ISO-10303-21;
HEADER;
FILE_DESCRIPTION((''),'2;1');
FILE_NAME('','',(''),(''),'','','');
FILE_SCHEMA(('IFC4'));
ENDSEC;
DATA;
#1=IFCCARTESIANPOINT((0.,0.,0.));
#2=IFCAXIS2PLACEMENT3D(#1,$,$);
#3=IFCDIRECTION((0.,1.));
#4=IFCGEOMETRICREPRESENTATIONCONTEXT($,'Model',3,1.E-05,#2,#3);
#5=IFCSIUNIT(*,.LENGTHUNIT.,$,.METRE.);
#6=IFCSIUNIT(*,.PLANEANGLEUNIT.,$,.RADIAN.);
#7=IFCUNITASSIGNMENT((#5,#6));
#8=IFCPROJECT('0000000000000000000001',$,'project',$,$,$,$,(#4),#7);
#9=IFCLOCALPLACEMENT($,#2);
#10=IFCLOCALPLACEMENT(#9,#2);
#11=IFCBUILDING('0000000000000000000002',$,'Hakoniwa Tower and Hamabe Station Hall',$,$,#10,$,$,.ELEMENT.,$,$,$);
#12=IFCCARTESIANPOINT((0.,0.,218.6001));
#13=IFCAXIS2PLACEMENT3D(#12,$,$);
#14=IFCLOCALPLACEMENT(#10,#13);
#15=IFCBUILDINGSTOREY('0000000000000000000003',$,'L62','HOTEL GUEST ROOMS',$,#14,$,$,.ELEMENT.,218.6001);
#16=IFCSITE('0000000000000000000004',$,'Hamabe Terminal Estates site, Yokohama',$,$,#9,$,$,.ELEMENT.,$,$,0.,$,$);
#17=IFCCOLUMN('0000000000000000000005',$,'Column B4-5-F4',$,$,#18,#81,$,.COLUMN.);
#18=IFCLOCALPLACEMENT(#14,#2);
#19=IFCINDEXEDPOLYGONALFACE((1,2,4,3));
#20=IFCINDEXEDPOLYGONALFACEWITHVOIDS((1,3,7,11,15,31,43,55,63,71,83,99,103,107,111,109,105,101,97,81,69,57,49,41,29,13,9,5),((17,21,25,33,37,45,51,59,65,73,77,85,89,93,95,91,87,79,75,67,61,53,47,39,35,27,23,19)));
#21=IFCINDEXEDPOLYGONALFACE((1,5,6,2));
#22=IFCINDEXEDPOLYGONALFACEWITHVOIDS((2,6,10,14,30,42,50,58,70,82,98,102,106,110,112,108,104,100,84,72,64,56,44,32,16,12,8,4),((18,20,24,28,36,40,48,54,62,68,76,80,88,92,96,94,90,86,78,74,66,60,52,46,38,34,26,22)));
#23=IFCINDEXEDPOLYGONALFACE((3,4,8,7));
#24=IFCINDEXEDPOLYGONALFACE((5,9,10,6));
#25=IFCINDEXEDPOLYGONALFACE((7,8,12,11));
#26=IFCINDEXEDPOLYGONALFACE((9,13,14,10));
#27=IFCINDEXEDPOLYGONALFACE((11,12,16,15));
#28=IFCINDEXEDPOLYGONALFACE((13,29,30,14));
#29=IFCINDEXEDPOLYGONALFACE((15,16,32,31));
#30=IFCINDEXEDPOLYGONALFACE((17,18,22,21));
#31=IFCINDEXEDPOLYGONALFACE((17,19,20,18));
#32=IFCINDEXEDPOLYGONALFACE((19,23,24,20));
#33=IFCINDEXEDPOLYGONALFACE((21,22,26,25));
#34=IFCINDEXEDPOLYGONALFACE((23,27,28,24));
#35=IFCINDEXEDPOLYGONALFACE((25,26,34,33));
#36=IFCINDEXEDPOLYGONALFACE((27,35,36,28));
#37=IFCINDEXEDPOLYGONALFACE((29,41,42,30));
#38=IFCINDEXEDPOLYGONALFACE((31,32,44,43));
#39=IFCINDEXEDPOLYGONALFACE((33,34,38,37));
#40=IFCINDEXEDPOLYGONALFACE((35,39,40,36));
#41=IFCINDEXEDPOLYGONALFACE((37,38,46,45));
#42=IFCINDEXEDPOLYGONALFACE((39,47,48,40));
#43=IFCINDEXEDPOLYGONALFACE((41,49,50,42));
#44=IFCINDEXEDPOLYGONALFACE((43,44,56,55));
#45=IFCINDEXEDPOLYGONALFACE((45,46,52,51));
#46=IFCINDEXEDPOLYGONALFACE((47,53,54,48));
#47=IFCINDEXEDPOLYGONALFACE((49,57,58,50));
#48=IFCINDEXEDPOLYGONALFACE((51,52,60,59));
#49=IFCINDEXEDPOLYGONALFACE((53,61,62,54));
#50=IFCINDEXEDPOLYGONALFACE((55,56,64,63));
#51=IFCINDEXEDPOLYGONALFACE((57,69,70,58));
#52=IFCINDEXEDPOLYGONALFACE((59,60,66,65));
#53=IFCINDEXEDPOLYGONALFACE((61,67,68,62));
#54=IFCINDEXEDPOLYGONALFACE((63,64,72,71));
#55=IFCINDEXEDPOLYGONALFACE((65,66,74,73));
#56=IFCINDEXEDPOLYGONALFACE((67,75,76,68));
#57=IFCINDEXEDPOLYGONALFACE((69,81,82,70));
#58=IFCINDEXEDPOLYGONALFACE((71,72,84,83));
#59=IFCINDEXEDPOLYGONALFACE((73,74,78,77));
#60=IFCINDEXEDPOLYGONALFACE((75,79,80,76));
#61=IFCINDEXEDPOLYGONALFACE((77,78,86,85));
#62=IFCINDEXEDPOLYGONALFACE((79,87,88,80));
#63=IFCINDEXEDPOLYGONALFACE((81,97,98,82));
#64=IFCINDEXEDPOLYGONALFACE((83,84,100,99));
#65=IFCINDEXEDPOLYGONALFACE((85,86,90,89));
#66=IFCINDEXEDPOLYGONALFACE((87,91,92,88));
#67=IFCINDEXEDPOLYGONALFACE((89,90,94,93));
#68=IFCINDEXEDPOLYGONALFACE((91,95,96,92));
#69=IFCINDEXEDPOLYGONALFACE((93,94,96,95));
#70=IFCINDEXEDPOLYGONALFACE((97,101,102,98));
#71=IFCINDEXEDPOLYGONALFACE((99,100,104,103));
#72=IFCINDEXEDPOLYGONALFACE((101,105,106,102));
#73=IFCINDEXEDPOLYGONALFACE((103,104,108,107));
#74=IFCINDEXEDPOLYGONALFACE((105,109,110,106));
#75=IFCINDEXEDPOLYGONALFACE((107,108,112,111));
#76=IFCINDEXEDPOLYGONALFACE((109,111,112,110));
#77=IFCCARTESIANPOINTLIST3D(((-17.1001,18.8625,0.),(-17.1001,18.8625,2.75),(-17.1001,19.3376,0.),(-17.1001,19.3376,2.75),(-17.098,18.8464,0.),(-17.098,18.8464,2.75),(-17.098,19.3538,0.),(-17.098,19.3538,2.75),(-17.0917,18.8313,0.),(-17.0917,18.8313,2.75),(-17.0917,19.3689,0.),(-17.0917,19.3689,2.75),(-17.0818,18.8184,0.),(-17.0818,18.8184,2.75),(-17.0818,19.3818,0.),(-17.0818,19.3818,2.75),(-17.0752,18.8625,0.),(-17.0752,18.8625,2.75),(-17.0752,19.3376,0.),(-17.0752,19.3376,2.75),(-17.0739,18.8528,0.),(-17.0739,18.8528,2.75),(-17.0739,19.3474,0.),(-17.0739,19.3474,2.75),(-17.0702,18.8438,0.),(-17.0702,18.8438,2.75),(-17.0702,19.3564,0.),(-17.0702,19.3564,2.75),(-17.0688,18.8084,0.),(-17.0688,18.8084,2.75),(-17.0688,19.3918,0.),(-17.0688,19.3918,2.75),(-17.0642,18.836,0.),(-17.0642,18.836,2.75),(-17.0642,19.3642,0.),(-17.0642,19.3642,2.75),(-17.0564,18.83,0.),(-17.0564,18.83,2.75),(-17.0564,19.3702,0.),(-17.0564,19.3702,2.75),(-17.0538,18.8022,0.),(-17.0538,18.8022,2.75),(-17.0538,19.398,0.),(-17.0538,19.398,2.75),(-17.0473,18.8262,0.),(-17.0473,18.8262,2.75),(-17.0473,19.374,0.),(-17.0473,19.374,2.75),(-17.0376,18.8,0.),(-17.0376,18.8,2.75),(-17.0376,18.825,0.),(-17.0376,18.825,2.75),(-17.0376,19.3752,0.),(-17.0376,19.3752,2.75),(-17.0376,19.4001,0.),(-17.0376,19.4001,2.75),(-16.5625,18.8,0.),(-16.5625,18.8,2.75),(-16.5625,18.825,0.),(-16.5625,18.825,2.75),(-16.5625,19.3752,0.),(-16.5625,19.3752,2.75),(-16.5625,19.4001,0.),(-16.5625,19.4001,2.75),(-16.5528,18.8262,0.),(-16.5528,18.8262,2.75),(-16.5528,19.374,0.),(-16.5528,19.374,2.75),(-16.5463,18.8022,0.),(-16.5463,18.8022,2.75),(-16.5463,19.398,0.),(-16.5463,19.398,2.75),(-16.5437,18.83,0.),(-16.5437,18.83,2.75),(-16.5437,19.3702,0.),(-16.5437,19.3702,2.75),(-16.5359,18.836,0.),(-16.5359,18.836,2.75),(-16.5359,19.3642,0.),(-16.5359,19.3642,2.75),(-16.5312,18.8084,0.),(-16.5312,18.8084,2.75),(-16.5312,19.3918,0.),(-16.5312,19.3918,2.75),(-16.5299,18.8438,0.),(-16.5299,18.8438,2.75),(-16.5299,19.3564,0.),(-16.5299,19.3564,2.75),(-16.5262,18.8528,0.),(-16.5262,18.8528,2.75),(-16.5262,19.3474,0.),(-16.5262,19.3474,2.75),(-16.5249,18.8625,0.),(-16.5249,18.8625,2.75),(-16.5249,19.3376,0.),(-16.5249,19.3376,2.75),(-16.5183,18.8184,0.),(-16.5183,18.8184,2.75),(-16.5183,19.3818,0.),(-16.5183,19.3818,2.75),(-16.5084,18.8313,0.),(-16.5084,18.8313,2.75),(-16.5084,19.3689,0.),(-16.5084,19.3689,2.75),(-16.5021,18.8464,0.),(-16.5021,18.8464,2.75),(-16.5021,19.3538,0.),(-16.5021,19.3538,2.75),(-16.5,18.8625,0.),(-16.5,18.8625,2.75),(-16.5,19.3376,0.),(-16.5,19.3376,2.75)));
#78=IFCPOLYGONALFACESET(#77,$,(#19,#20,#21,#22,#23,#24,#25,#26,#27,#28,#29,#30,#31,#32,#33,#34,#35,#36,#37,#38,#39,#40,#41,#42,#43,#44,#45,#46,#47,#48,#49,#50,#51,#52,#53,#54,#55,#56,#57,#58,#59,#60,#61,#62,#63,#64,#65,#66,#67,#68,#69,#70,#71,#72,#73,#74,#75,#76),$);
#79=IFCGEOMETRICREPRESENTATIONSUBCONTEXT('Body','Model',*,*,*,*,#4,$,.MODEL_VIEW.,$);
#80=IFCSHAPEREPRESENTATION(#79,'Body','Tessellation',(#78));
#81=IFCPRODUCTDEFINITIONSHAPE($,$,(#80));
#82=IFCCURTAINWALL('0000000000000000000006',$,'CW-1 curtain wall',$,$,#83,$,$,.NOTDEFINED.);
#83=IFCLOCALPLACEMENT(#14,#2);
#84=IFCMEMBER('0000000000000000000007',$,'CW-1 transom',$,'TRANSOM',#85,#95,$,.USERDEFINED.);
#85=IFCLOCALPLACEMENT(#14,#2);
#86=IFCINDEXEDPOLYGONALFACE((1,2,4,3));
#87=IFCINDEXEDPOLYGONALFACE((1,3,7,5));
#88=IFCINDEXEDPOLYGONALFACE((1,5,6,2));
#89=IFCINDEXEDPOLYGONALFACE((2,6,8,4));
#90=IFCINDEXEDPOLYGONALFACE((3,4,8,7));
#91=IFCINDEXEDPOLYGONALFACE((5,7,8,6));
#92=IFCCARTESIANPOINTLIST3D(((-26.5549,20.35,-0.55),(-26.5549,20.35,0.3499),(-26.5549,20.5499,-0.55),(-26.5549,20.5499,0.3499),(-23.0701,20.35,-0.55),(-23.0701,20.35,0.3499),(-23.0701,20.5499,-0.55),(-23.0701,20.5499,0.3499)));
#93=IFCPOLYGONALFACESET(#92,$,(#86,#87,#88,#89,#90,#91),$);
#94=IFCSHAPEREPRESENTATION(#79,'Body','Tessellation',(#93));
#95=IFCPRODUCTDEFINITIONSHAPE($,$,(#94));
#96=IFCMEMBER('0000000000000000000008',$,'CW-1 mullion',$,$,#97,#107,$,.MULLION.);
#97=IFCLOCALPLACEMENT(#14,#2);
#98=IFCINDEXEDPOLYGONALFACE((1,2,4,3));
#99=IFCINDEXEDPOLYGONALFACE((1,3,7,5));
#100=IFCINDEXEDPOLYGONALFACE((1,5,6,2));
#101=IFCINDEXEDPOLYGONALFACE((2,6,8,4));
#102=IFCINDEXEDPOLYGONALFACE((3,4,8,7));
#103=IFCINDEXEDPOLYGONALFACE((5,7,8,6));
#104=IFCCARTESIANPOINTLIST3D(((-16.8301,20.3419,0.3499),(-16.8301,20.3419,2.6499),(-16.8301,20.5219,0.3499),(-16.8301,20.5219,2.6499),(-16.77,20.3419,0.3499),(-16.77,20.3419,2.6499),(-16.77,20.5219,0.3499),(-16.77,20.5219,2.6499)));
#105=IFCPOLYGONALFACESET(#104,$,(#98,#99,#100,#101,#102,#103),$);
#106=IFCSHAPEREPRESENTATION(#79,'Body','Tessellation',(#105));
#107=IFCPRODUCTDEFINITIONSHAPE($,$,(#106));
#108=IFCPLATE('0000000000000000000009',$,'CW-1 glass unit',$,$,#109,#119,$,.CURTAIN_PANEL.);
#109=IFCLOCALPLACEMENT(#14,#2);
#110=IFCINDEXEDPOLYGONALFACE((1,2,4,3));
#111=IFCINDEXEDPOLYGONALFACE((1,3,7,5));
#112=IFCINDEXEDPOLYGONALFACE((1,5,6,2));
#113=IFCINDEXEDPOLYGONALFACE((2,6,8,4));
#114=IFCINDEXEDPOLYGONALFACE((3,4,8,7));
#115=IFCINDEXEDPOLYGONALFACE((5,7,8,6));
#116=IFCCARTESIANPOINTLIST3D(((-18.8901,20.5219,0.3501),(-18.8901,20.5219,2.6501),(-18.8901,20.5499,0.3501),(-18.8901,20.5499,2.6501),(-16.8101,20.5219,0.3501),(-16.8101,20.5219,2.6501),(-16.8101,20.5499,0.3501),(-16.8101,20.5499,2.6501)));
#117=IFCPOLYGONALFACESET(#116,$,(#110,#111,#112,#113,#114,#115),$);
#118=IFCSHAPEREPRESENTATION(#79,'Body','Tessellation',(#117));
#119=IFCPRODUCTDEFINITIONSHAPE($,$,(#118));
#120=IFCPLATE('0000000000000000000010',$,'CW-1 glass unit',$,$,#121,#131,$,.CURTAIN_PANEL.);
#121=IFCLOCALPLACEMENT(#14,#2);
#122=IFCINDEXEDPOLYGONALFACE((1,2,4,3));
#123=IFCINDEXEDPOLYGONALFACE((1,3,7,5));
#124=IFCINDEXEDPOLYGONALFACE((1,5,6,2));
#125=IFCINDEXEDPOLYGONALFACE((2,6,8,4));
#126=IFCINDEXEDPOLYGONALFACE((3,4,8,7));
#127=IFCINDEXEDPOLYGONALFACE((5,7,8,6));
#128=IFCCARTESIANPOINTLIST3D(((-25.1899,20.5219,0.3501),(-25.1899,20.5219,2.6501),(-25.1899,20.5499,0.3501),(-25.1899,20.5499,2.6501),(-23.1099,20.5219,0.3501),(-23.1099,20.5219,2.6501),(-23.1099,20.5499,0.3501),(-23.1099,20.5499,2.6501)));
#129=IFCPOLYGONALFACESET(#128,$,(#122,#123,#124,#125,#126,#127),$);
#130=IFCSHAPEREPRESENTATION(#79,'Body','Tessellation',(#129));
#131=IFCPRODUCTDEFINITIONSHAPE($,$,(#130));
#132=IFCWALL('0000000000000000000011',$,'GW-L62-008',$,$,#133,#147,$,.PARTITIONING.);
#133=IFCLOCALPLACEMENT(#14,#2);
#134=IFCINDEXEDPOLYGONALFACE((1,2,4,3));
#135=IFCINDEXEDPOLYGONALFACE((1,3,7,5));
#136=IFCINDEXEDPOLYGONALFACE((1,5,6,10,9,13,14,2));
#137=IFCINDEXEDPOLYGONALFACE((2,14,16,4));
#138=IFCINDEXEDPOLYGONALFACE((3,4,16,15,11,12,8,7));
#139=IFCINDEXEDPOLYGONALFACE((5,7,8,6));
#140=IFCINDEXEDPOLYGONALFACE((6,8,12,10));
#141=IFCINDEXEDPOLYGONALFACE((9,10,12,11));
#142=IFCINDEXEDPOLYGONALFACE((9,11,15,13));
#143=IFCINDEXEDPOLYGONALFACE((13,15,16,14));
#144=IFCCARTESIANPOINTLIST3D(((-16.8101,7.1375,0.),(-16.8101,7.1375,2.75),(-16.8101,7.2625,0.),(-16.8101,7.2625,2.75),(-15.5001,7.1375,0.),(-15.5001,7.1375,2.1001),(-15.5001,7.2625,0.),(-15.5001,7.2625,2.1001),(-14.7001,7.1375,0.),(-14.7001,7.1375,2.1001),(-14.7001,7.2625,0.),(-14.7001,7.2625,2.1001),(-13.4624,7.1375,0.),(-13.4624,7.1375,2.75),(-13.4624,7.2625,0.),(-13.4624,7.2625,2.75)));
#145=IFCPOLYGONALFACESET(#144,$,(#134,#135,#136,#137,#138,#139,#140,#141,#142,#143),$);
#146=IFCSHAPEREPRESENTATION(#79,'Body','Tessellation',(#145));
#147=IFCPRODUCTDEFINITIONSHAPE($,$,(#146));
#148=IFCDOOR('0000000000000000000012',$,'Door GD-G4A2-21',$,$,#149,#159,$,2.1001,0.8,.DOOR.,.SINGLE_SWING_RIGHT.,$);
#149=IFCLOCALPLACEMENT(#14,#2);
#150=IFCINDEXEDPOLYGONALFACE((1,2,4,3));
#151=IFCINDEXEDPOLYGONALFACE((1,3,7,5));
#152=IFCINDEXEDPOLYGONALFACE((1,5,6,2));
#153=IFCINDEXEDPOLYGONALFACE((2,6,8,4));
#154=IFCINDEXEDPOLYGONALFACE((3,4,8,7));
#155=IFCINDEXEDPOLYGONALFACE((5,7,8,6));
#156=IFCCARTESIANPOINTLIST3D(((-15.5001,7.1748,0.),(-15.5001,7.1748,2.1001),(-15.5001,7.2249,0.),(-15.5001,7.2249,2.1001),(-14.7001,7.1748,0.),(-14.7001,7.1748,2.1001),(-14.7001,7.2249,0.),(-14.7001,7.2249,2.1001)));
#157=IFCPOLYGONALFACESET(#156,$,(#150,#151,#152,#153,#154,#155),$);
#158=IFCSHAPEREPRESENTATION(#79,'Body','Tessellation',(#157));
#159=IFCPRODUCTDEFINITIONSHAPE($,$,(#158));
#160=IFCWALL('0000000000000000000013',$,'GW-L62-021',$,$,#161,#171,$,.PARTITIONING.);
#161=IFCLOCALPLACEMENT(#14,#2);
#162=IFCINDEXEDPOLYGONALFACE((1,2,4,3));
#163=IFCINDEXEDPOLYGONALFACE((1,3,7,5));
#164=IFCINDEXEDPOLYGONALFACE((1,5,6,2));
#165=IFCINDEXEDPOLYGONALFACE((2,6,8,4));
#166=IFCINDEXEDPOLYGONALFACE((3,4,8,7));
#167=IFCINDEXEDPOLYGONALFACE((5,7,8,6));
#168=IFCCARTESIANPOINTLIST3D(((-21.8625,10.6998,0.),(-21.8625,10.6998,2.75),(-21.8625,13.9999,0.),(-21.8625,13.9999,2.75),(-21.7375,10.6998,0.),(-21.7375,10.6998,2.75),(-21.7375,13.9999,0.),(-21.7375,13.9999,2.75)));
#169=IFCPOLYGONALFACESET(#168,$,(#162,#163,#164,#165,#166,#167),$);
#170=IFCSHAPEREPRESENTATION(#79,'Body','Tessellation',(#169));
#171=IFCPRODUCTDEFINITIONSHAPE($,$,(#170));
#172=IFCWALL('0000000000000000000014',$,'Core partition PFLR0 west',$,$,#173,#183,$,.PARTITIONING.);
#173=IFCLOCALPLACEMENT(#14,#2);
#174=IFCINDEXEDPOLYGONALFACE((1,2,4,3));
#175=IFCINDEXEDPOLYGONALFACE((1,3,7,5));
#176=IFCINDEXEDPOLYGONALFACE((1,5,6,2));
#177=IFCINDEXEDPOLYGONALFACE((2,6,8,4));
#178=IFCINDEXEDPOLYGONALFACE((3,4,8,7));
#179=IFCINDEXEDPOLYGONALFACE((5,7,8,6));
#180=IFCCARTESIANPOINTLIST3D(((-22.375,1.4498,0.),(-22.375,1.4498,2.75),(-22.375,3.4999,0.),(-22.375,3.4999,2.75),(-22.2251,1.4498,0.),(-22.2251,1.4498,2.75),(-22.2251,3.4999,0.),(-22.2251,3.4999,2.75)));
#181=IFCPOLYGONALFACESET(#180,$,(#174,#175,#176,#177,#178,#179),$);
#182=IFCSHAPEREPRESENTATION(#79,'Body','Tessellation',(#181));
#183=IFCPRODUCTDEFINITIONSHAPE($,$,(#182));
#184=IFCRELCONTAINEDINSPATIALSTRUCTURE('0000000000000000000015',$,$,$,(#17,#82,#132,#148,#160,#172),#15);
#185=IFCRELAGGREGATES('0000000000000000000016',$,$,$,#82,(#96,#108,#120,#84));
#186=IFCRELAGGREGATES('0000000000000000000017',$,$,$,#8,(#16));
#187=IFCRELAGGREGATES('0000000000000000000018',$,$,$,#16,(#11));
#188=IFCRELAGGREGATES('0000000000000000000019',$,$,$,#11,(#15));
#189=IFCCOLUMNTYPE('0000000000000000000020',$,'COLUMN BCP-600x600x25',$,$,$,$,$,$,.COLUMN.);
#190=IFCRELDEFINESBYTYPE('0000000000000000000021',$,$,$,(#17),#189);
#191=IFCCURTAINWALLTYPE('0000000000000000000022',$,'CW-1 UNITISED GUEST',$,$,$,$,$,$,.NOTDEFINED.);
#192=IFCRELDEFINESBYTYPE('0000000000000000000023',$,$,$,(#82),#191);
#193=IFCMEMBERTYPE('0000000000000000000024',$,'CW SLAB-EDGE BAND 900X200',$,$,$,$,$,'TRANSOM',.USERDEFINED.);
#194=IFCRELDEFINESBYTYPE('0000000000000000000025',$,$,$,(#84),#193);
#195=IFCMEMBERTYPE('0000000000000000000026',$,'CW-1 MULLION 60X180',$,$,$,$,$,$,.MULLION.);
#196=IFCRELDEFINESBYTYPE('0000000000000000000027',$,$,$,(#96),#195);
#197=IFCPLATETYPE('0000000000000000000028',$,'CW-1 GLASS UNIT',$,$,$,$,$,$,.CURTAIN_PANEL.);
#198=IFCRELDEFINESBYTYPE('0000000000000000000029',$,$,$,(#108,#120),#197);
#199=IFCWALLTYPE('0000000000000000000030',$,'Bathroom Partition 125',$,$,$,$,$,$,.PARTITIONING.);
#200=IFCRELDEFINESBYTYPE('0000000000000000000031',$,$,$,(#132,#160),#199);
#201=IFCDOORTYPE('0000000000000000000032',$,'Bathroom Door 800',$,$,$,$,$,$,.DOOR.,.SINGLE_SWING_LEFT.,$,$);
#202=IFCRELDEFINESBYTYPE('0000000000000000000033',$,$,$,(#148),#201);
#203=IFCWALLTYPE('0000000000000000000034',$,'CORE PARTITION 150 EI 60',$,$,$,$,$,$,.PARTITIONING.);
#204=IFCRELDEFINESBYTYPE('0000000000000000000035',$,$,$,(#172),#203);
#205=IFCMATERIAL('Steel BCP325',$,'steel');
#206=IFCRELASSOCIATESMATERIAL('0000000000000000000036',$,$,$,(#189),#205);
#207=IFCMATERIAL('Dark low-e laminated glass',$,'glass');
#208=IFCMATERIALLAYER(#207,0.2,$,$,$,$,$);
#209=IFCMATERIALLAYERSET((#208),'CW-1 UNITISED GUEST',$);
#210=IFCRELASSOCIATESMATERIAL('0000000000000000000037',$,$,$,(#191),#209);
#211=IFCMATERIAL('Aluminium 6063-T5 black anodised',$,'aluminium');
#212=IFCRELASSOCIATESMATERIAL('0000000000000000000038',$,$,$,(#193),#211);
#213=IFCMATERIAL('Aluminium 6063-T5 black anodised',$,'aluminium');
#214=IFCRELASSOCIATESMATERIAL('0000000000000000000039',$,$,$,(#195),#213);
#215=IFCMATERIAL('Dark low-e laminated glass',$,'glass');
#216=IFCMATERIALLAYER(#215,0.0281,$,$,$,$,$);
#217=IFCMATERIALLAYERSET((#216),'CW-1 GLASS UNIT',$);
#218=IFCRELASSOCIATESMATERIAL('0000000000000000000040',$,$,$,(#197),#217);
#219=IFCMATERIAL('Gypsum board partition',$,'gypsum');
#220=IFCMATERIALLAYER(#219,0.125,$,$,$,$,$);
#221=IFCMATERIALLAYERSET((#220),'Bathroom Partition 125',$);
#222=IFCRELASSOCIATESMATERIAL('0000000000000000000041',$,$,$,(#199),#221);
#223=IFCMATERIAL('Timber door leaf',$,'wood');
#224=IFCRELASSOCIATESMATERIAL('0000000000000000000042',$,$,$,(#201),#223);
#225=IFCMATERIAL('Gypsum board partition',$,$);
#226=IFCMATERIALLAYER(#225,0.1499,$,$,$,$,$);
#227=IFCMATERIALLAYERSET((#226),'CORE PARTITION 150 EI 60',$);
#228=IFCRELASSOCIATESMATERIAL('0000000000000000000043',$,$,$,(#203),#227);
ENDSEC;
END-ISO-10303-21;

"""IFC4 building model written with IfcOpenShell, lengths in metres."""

from ifc_helpers import new_model, si_unit, direction, frame, frame_2d, origin, origin_2d, place, context, subcontext, project, spatial, rectangle, hollow_rectangle, extrude, material, layer, layer_set, material_profile, profile_set, type_object, element, fill, aggregate, save


model = new_model("IFC4")

# Units and contexts
model_context = context("Model", 3, precision=1e-05, world=origin(), true_north=direction((0.0, 1.0)))
body_context = subcontext(model_context, "Body", "Model", "MODEL_VIEW")
ifc_project = project(units=[si_unit("LENGTHUNIT", "METRE"), si_unit("PLANEANGLEUNIT", "RADIAN")], contexts=[model_context])

# Site, building, storey
site_placement = place(None, origin())
site = spatial("IfcSite", under=ifc_project, at=site_placement, Name="Hamabe Terminal Estates site, Yokohama", CompositionType="ELEMENT", RefElevation=0.0)
building_placement = place(site_placement, origin())
building = spatial("IfcBuilding", under=site, at=building_placement, Name="Hakoniwa Tower and Hamabe Station Hall", CompositionType="ELEMENT")
storey_placement = place(building_placement, frame((0.0, 0.0, 218.6001)))
storey = spatial("IfcBuildingStorey", under=building, at=storey_placement, Name="L62", Description="HOTEL GUEST ROOMS", CompositionType="ELEMENT", Elevation=218.6001)

# Column
ifc_material_1 = material(Name="Steel BCP325", Category="steel")
ifc_material_profile_1 = material_profile(ifc_material_1, hollow_rectangle(XDim=0.6001, YDim=0.6001, WallThickness=0.0249, InnerFilletRadius=0.0376, OuterFilletRadius=0.0625, at=origin_2d()), Name="BCP-600x600x25")
ifc_profile_set_1 = profile_set([ifc_material_profile_1], Name="Steel BCP325")
column_type = type_object("IfcColumnType", Name="COLUMN BCP-600x600x25", PredefinedType="COLUMN", material=ifc_profile_set_1)
column_placement = place(storey_placement, frame((-16.8, 19.1001, 0.0), z_axis=(0.0, 0.0, 1.0), x_axis=(1.0, 0.0, 0.0)))
element("IfcColumn", 1, at=column_placement, inside=storey, type_object=column_type, Name="Column B4-5-F4", PredefinedType="COLUMN", context=body_context, shape_type="SweptSolid", body=[
    extrude(hollow_rectangle(XDim=0.6001, YDim=0.6001, WallThickness=0.0249, InnerFilletRadius=0.0376, OuterFilletRadius=0.0625, at=origin_2d()), origin(), (0.0, 0.0, 1.0), 2.75),
])

# Curtain wall, members, plates
ifc_material_2 = material(Name="Dark low-e laminated glass", Category="glass")
ifc_layer_1 = layer(ifc_material_2, 0.2)
ifc_layer_set_1 = layer_set([ifc_layer_1], Name="CW-1 UNITISED GUEST")
curtain_wall_type = type_object("IfcCurtainWallType", Name="CW-1 UNITISED GUEST", PredefinedType="NOTDEFINED", material=ifc_layer_set_1)
curtain_wall_placement = place(storey_placement, origin())
curtain_wall = element("IfcCurtainWall", 2, at=curtain_wall_placement, inside=storey, type_object=curtain_wall_type, Name="CW-1 curtain wall", PredefinedType="NOTDEFINED")
ifc_material_3 = material(Name="Aluminium 6063-T5 black anodised", Category="aluminium")
ifc_material_profile_2 = material_profile(ifc_material_3, rectangle(XDim=0.2, YDim=0.8999, at=origin_2d()), Name="CW SLAB-EDGE BAND 900X200")
ifc_profile_set_2 = profile_set([ifc_material_profile_2], Name="Aluminium 6063-T5 black anodised")
member_type_1 = type_object("IfcMemberType", Name="CW SLAB-EDGE BAND 900X200", ElementType="TRANSOM", PredefinedType="USERDEFINED", material=ifc_profile_set_2)
member_1_placement = place(storey_placement, frame((-23.0701, 20.45, -0.1001), z_axis=(-1.0, 0.0, 0.0), x_axis=(0.0, -1.0, 0.0)))
member_1 = element("IfcMember", 3, at=member_1_placement, type_object=member_type_1, Name="CW-1 transom", ObjectType="TRANSOM", PredefinedType="USERDEFINED", context=body_context, shape_type="SweptSolid", body=[
    extrude(rectangle(XDim=0.2, YDim=0.8999, at=origin_2d()), origin(), (0.0, 0.0, 1.0), 3.4849),
])
ifc_material_4 = material(Name="Aluminium 6063-T5 black anodised", Category="aluminium")
ifc_material_profile_3 = material_profile(ifc_material_4, rectangle(XDim=0.0601, YDim=0.1799, at=origin_2d()), Name="CW-1 MULLION 60X180")
ifc_profile_set_3 = profile_set([ifc_material_profile_3], Name="Aluminium 6063-T5 black anodised")
member_type_2 = type_object("IfcMemberType", Name="CW-1 MULLION 60X180", PredefinedType="MULLION", material=ifc_profile_set_3)
member_2_placement = place(storey_placement, frame((-16.8, 20.4319, 0.3499), z_axis=(0.0, 0.0, 1.0), x_axis=(-1.0, 0.0, 0.0)))
member_2 = element("IfcMember", 4, at=member_2_placement, type_object=member_type_2, Name="CW-1 mullion", PredefinedType="MULLION", context=body_context, shape_type="SweptSolid", body=[
    extrude(rectangle(XDim=0.0601, YDim=0.1799, at=origin_2d()), origin(), (0.0, 0.0, 1.0), 2.3),
])
ifc_material_5 = material(Name="Dark low-e laminated glass", Category="glass")
ifc_layer_2 = layer(ifc_material_5, 0.0281)
ifc_layer_set_2 = layer_set([ifc_layer_2], Name="CW-1 GLASS UNIT")
plate_type = type_object("IfcPlateType", Name="CW-1 GLASS UNIT", PredefinedType="CURTAIN_PANEL", material=ifc_layer_set_2)
plate_1_placement = place(storey_placement, frame((-17.8501, 20.5359, 0.3501), z_axis=(0.0, 0.0, 1.0), x_axis=(-1.0, 0.0, 0.0)))
plate_1 = element("IfcPlate", 5, at=plate_1_placement, type_object=plate_type, Name="CW-1 glass unit", PredefinedType="CURTAIN_PANEL", context=body_context, shape_type="SweptSolid", body=[
    extrude(rectangle(XDim=2.0801, YDim=0.0281, at=origin_2d()), origin(), (0.0, 0.0, 1.0), 2.3),
])
plate_2_placement = place(storey_placement, frame((-24.1499, 20.5359, 0.3501), z_axis=(0.0, 0.0, 1.0), x_axis=(-1.0, 0.0, 0.0)))
plate_2 = element("IfcPlate", 6, at=plate_2_placement, type_object=plate_type, Name="CW-1 glass unit", PredefinedType="CURTAIN_PANEL", context=body_context, shape_type="SweptSolid", body=[
    extrude(rectangle(XDim=2.0801, YDim=0.0281, at=origin_2d()), origin(), (0.0, 0.0, 1.0), 2.3),
])

# Wall, opening, door
ifc_material_6 = material(Name="Gypsum board partition", Category="gypsum")
ifc_layer_3 = layer(ifc_material_6, 0.125)
ifc_layer_set_3 = layer_set([ifc_layer_3], Name="Bathroom Partition 125")
wall_type_1 = type_object("IfcWallType", Name="Bathroom Partition 125", PredefinedType="PARTITIONING", material=ifc_layer_set_3)
wall_1_placement = place(storey_placement, frame((-16.8101, 7.2, 0.0), z_axis=(0.0, 0.0, 1.0), x_axis=(1.0, 0.0, 0.0)))
wall_1 = element("IfcWall", 7, at=wall_1_placement, inside=storey, type_object=wall_type_1, Name="GW-L62-008", PredefinedType="PARTITIONING", context=body_context, shape_type="SweptSolid", body=[
    extrude(rectangle(XDim=3.3477, YDim=0.125, at=frame_2d((1.6738, 0.0))), origin(), (0.0, 0.0, 1.0), 2.75),
])
opening_1_placement = place(wall_1_placement, frame((1.3101, 0.0, 0.0)))
opening_1 = element("IfcOpeningElement", 8, at=opening_1_placement, cuts=wall_1, PredefinedType="OPENING", context=body_context, shape_type="SweptSolid", body=[
    extrude(rectangle(XDim=0.8, YDim=2.1001, at=frame_2d((0.3999, 1.05))), frame((0.0, 0.0725, 0.0), z_axis=(0.0, -1.0, 0.0), x_axis=(1.0, 0.0, 0.0)), (0.0, 0.0, 1.0), 0.145),
])
ifc_material_7 = material(Name="Timber door leaf", Category="wood")
door_type_1 = type_object("IfcDoorType", Name="Bathroom Door 800", OperationType="SINGLE_SWING_LEFT", PredefinedType="DOOR", material=ifc_material_7)
door_1_placement = place(opening_1_placement, origin())
door_1 = element("IfcDoor", 9, at=door_1_placement, inside=storey, type_object=door_type_1, Name="Door GD-G4A2-21", OperationType="SINGLE_SWING_RIGHT", OverallHeight=2.1001, OverallWidth=0.8, PredefinedType="DOOR", context=body_context, shape_type="SweptSolid", body=[
    extrude(rectangle(XDim=0.8, YDim=2.1001, at=frame_2d((0.3999, 1.05))), frame((0.0, 0.0249, 0.0), z_axis=(0.0, -1.0, 0.0), x_axis=(1.0, 0.0, 0.0)), (0.0, 0.0, 1.0), 0.05),
])
fill(opening_1, door_1)

# Walls
wall_2_placement = place(storey_placement, frame((-21.8, 10.7, 0.0), z_axis=(0.0, 0.0, 1.0), x_axis=(0.0, 1.0, 0.0)))
element("IfcWall", 10, at=wall_2_placement, inside=storey, type_object=wall_type_1, Name="GW-L62-021", PredefinedType="PARTITIONING", context=body_context, shape_type="SweptSolid", body=[
    extrude(rectangle(XDim=3.3, YDim=0.125, at=frame_2d((1.6499, 0.0))), origin(), (0.0, 0.0, 1.0), 2.75),
])
ifc_material_8 = material(Name="Gypsum board partition")
ifc_layer_4 = layer(ifc_material_8, 0.1499)
ifc_layer_set_4 = layer_set([ifc_layer_4], Name="CORE PARTITION 150 EI 60")
wall_type_2 = type_object("IfcWallType", Name="CORE PARTITION 150 EI 60", PredefinedType="PARTITIONING", material=ifc_layer_set_4)
wall_3_placement = place(storey_placement, frame((-22.3, 1.45, 0.0), z_axis=(0.0, 0.0, 1.0), x_axis=(0.0, 1.0, 0.0)))
element("IfcWall", 11, at=wall_3_placement, inside=storey, type_object=wall_type_2, Name="Core partition PFLR0 west", PredefinedType="PARTITIONING", context=body_context, shape_type="SweptSolid", body=[
    extrude(rectangle(XDim=2.05, YDim=0.1499, at=frame_2d((1.0249, 0.0))), origin(), (0.0, 0.0, 1.0), 2.75),
])

aggregate(curtain_wall, [member_2, plate_1, plate_2, member_1])

save(model, "model.ifc")
